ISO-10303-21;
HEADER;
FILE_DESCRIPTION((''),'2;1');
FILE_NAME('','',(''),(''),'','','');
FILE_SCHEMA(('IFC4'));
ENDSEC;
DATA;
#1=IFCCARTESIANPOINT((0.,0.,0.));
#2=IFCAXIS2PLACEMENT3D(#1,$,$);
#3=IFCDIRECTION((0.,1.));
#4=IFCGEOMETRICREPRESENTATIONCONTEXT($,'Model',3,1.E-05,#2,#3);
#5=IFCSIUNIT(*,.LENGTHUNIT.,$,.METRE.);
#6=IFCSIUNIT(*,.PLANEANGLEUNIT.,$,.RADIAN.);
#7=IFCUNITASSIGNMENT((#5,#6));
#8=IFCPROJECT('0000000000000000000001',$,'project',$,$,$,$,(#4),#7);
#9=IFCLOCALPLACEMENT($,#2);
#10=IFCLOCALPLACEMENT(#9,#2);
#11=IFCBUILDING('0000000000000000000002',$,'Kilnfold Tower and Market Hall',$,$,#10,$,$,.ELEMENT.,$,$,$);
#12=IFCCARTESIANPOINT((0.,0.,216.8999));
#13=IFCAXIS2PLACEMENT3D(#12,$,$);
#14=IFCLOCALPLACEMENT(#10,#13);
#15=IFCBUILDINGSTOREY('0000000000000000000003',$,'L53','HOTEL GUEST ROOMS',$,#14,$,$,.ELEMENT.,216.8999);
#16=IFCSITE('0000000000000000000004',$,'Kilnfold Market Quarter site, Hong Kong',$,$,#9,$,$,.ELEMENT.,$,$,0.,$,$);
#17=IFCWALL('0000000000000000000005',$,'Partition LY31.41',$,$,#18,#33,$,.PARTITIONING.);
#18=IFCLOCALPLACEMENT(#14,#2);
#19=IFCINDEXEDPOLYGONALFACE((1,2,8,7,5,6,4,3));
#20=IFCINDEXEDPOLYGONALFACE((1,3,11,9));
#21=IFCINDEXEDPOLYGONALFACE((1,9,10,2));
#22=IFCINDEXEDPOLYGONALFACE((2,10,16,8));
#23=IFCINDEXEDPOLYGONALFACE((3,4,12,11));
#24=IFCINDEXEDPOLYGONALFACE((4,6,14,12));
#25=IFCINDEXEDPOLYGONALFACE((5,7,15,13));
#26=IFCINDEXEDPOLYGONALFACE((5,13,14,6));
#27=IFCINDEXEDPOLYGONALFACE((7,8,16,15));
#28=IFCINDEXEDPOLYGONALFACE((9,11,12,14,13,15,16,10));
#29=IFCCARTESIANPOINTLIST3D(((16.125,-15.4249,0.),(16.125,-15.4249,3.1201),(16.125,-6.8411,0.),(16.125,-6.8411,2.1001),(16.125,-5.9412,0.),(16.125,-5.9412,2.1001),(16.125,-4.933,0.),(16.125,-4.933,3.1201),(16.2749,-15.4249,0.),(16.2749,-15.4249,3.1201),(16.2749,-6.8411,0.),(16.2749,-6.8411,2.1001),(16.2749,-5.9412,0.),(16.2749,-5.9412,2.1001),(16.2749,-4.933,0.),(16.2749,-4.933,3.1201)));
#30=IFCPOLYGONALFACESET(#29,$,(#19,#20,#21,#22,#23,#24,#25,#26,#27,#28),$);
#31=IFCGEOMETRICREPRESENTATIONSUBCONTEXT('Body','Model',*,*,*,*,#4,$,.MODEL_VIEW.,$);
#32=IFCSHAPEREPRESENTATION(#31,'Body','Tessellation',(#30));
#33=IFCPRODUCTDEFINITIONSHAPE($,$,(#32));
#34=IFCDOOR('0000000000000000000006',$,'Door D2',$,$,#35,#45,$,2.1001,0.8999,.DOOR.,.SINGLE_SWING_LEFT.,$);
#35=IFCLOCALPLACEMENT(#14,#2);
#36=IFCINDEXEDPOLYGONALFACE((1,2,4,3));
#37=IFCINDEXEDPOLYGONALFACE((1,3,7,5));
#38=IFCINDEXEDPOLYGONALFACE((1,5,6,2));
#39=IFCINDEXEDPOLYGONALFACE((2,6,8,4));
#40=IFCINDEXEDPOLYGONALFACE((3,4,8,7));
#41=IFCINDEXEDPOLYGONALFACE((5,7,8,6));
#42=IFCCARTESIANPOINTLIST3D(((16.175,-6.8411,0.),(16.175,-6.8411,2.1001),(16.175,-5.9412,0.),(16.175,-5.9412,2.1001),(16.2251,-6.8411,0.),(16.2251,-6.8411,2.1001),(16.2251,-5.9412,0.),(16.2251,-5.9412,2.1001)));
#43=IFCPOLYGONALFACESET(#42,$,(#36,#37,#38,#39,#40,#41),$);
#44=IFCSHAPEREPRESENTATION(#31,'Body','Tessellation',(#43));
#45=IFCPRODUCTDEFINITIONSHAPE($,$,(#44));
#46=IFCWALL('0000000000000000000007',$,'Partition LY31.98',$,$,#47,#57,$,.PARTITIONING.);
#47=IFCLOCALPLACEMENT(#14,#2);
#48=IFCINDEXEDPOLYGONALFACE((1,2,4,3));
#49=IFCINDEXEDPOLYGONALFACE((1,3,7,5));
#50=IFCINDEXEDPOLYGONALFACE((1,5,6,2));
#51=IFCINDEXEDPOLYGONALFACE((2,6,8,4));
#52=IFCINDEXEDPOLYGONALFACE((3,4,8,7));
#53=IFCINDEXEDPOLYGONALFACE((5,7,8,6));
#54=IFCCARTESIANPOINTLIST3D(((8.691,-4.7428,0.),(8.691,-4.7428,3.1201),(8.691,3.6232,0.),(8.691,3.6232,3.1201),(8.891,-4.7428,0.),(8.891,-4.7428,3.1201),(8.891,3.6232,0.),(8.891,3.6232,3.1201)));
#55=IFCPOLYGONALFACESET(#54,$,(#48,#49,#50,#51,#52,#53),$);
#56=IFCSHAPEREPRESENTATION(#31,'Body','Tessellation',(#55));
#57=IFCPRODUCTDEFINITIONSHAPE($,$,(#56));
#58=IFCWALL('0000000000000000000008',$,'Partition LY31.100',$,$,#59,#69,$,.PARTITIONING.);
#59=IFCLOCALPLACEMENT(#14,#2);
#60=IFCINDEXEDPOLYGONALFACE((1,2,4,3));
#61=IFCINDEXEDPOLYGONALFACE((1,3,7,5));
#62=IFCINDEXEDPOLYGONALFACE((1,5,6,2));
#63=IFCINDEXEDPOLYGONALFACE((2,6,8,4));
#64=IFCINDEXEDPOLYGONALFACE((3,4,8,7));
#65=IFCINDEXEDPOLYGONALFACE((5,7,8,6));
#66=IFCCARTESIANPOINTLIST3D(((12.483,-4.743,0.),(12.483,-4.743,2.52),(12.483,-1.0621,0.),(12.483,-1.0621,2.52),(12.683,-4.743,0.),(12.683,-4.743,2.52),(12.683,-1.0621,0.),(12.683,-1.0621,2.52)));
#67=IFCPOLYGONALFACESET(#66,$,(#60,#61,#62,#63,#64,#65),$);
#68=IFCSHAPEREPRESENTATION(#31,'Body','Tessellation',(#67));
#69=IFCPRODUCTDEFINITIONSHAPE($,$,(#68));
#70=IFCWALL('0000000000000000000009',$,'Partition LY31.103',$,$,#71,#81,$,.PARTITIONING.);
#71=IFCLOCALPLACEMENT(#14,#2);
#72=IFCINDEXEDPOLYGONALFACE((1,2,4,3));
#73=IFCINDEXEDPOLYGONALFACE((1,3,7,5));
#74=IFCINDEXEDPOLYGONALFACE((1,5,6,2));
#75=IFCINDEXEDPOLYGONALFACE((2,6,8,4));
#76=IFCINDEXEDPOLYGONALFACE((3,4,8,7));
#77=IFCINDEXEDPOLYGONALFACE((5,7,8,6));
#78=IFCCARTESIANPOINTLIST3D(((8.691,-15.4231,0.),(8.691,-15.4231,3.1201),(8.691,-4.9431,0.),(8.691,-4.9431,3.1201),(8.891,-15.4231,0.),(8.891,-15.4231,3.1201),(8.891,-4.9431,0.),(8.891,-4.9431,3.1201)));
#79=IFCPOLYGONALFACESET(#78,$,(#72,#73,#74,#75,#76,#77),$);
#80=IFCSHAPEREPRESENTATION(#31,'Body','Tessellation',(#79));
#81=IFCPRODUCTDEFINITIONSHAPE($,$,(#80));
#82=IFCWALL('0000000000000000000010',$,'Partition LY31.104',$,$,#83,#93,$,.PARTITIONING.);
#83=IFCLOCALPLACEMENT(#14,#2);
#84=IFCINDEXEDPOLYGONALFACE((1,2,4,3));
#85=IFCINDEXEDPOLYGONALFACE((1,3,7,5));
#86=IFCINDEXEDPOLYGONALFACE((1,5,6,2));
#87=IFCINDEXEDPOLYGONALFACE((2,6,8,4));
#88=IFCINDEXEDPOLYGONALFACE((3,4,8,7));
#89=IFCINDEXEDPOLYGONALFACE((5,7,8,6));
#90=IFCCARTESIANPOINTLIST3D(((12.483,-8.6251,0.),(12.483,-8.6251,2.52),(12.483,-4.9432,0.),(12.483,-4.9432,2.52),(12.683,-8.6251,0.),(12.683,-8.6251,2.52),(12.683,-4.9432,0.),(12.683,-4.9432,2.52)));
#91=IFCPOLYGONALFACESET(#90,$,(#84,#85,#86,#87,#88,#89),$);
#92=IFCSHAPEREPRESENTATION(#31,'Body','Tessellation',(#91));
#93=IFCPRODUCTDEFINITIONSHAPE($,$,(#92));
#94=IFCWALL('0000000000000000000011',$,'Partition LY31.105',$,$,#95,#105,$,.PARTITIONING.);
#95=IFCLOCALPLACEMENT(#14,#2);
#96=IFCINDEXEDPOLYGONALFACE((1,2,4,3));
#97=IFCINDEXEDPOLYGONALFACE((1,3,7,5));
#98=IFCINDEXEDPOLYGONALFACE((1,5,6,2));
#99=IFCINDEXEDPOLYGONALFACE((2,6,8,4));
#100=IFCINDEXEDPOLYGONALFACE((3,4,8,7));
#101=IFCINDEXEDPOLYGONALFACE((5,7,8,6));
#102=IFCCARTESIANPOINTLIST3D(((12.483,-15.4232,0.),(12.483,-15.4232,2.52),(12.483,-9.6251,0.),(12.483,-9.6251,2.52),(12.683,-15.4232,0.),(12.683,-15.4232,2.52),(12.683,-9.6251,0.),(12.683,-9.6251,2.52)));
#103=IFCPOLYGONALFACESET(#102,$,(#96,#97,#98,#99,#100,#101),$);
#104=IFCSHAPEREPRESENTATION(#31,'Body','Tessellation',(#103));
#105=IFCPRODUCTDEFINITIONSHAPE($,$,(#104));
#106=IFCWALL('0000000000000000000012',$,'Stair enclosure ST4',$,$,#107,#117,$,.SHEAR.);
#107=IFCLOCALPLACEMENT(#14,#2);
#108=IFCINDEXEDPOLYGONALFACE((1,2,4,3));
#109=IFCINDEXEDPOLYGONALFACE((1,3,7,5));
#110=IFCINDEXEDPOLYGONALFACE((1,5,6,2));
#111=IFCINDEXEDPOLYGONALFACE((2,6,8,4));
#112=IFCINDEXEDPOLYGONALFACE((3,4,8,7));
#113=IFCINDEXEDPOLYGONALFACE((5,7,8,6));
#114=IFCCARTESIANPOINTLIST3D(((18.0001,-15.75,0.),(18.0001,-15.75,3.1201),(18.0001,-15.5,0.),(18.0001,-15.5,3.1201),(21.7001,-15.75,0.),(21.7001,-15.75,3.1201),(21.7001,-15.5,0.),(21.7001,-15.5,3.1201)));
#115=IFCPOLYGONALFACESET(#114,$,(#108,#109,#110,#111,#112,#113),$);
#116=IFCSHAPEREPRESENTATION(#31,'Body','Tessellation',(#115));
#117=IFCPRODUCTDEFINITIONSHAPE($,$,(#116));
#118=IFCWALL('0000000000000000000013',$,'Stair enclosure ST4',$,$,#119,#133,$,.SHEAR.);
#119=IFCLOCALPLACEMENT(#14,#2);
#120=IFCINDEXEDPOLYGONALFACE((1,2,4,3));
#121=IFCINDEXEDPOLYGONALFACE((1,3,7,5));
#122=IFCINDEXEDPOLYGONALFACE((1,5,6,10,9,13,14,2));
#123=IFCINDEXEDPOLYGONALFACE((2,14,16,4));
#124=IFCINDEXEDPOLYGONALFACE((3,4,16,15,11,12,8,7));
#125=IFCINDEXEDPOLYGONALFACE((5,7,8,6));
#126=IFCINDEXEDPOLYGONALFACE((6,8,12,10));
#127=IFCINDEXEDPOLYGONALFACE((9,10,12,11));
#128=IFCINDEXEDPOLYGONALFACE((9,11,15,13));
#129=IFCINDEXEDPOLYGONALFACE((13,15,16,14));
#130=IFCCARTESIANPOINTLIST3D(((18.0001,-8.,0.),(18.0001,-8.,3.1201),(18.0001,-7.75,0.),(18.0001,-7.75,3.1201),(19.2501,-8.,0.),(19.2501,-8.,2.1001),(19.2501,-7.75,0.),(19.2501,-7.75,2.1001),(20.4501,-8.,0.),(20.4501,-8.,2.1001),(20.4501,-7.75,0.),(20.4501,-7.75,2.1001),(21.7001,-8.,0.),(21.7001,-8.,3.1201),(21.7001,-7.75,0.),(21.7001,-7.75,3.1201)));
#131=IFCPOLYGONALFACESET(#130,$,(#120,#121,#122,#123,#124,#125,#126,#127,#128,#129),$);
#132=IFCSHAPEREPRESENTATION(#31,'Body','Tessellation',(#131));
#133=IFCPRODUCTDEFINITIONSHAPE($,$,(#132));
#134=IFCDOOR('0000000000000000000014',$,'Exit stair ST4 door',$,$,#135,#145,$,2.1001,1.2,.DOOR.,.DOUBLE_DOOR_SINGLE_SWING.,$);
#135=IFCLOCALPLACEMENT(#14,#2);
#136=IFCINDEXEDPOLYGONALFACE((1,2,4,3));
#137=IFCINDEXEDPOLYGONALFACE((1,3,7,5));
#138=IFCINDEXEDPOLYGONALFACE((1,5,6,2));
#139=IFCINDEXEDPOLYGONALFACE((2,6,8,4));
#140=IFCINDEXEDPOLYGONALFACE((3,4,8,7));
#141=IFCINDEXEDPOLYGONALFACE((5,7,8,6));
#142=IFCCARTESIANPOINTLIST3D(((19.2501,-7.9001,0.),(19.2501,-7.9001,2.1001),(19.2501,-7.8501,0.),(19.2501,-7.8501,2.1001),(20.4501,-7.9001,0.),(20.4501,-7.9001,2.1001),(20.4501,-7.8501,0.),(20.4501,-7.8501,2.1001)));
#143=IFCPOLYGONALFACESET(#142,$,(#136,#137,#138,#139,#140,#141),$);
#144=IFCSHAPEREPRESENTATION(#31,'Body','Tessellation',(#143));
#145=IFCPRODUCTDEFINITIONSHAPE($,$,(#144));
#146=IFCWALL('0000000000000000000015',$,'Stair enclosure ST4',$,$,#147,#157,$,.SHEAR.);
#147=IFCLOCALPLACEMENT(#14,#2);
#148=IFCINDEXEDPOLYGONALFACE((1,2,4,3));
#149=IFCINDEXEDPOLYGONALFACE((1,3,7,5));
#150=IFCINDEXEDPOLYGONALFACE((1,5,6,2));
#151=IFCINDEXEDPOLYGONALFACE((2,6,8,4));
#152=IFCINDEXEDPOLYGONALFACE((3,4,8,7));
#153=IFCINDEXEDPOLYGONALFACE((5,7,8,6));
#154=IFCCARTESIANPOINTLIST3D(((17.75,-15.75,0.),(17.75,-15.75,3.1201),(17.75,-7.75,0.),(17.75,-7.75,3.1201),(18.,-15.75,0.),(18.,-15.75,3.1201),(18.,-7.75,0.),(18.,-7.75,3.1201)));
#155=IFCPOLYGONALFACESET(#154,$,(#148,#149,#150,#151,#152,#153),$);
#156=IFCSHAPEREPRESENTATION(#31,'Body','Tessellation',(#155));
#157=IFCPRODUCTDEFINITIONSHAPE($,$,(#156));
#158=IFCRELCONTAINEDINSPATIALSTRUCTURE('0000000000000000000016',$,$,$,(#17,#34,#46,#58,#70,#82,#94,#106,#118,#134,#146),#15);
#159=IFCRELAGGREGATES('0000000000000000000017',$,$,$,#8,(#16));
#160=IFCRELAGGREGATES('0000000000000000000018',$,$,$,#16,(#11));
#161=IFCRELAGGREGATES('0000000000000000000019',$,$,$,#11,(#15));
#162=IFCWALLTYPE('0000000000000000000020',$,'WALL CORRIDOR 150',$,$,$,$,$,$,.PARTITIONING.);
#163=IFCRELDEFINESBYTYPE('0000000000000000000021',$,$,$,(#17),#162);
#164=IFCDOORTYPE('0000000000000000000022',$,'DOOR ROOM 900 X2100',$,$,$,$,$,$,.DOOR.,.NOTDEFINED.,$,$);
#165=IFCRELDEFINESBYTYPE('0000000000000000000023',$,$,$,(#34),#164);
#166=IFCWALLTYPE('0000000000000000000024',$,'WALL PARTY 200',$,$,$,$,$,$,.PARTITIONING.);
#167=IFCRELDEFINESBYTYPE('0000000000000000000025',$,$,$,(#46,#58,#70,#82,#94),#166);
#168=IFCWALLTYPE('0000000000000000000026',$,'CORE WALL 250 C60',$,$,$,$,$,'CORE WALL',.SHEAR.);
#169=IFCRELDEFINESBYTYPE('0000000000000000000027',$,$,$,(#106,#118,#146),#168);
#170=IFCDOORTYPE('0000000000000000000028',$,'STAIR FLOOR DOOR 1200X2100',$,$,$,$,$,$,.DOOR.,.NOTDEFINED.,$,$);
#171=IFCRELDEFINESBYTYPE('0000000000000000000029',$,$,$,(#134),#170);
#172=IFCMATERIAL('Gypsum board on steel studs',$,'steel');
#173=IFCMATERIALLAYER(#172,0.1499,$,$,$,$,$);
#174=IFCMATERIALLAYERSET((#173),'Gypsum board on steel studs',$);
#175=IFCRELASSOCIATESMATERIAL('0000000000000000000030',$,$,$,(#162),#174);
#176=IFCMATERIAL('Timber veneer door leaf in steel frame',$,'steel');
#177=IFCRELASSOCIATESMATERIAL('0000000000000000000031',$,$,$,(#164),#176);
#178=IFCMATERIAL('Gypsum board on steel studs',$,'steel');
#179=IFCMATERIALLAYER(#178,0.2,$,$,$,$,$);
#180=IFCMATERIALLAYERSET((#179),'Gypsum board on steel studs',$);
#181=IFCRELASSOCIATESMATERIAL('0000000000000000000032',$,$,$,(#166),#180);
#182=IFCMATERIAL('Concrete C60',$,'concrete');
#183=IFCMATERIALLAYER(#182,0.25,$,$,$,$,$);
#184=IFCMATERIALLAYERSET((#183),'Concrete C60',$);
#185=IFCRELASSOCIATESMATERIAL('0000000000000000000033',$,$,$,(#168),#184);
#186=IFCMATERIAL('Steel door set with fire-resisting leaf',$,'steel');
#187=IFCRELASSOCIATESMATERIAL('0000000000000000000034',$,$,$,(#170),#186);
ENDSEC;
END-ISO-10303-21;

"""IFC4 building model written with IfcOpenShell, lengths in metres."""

from ifc_helpers import new_model, si_unit, direction, frame, frame_2d, origin, place, context, subcontext, project, spatial, rectangle, extrude, source, transform, mapped, material, layer, layer_set, type_object, element, fill, save


model = new_model("IFC4")

# Units and contexts
model_context = context("Model", 3, precision=1e-05, world=origin(), true_north=direction((0.0, 1.0)))
body_context = subcontext(model_context, "Body", "Model", "MODEL_VIEW")
ifc_project = project(units=[si_unit("LENGTHUNIT", "METRE"), si_unit("PLANEANGLEUNIT", "RADIAN")], contexts=[model_context])

# Site, building, storey
site_placement = place(None, origin())
site = spatial("IfcSite", under=ifc_project, at=site_placement, Name="Kilnfold Market Quarter site, Hong Kong", CompositionType="ELEMENT", RefElevation=0.0)
building_placement = place(site_placement, origin())
building = spatial("IfcBuilding", under=site, at=building_placement, Name="Kilnfold Tower and Market Hall", CompositionType="ELEMENT")
storey_placement = place(building_placement, frame((0.0, 0.0, 216.8999)))
storey = spatial("IfcBuildingStorey", under=building, at=storey_placement, Name="L53", Description="HOTEL GUEST ROOMS", CompositionType="ELEMENT", Elevation=216.8999)

# Shared definitions
ifc_material_1 = material(Name="Gypsum board on steel studs", Category="steel")
ifc_layer_1 = layer(ifc_material_1, 0.1499)
ifc_layer_set_1 = layer_set([ifc_layer_1], Name="Gypsum board on steel studs")
wall_type_1 = type_object("IfcWallType", Name="WALL CORRIDOR 150", PredefinedType="PARTITIONING", material=ifc_layer_set_1)
ifc_material_2 = material(Name="Timber veneer door leaf in steel frame", Category="steel")
door_type_1 = type_object("IfcDoorType", Name="DOOR ROOM 900 X2100", OperationType="NOTDEFINED", PredefinedType="DOOR", material=ifc_material_2)

# Wall, opening, door
wall_1_placement = place(storey_placement, frame((16.2, -15.425, 0.0), z_axis=(0.0, 0.0, 1.0), x_axis=(0.0, 1.0, 0.0)))
wall_1 = element("IfcWall", 1, at=wall_1_placement, inside=storey, type_object=wall_type_1, Name="Partition LY31.41", PredefinedType="PARTITIONING", context=body_context, shape_type="SweptSolid", body=[
    extrude(rectangle(XDim=10.4919, YDim=0.1499, at=frame_2d((5.2461, 0.0))), origin(), (0.0, 0.0, 1.0), 3.1201),
])
opening_1_placement = place(wall_1_placement, frame((8.584, 0.0, 0.0)))
opening_1 = element("IfcOpeningElement", 2, at=opening_1_placement, cuts=wall_1, PredefinedType="OPENING", context=body_context, shape_type="SweptSolid", body=[
    extrude(rectangle(XDim=0.8999, YDim=2.1001, at=frame_2d((0.45, 1.05))), frame((0.0, 0.085, 0.0), z_axis=(0.0, -1.0, 0.0), x_axis=(1.0, 0.0, 0.0)), (0.0, 0.0, 1.0), 0.1699),
])
door_1_placement = place(opening_1_placement, origin())
door_1 = element("IfcDoor", 3, at=door_1_placement, inside=storey, type_object=door_type_1, Name="Door D2", OperationType="SINGLE_SWING_LEFT", OverallHeight=2.1001, OverallWidth=0.8999, PredefinedType="DOOR", context=body_context, shape_type="SweptSolid", body=[
    extrude(rectangle(XDim=0.8999, YDim=2.1001, at=frame_2d((0.45, 1.05))), frame((0.0, 0.0249, 0.0), z_axis=(0.0, -1.0, 0.0), x_axis=(1.0, 0.0, 0.0)), (0.0, 0.0, 1.0), 0.05),
])
fill(opening_1, door_1)

# Walls
ifc_material_3 = material(Name="Gypsum board on steel studs", Category="steel")
ifc_layer_2 = layer(ifc_material_3, 0.2)
ifc_layer_set_2 = layer_set([ifc_layer_2], Name="Gypsum board on steel studs")
wall_type_2 = type_object("IfcWallType", Name="WALL PARTY 200", PredefinedType="PARTITIONING", material=ifc_layer_set_2)
wall_2_placement = place(storey_placement, frame((8.791, -4.7429, 0.0), z_axis=(0.0, 0.0, 1.0), x_axis=(0.0, 1.0, 0.0)))
element("IfcWall", 4, at=wall_2_placement, inside=storey, type_object=wall_type_2, Name="Partition LY31.98", PredefinedType="PARTITIONING", context=body_context, shape_type="SweptSolid", body=[
    extrude(rectangle(XDim=8.366, YDim=0.2, at=frame_2d((4.1831, 0.0))), origin(), (0.0, 0.0, 1.0), 3.1201),
])
wall_3_placement = place(storey_placement, frame((12.583, -4.7429, 0.0), z_axis=(0.0, 0.0, 1.0), x_axis=(0.0, 1.0, 0.0)))
element("IfcWall", 5, at=wall_3_placement, inside=storey, type_object=wall_type_2, Name="Partition LY31.100", PredefinedType="PARTITIONING", context=body_context, shape_type="SweptSolid", body=[
    extrude(rectangle(XDim=3.6809, YDim=0.2, at=frame_2d((1.8403, 0.0))), origin(), (0.0, 0.0, 1.0), 2.52),
])
wall_4_placement = place(storey_placement, frame((8.791, -15.4231, 0.0), z_axis=(0.0, 0.0, 1.0), x_axis=(0.0, 1.0, 0.0)))
element("IfcWall", 6, at=wall_4_placement, inside=storey, type_object=wall_type_2, Name="Partition LY31.103", PredefinedType="PARTITIONING", context=body_context, shape_type="SweptSolid", body=[
    extrude(rectangle(XDim=10.48, YDim=0.2, at=frame_2d((5.24, 0.0))), origin(), (0.0, 0.0, 1.0), 3.1201),
])
wall_5_placement = place(storey_placement, frame((12.583, -8.625, 0.0), z_axis=(0.0, 0.0, 1.0), x_axis=(0.0, 1.0, 0.0)))
element("IfcWall", 7, at=wall_5_placement, inside=storey, type_object=wall_type_2, Name="Partition LY31.104", PredefinedType="PARTITIONING", context=body_context, shape_type="SweptSolid", body=[
    extrude(rectangle(XDim=3.6819, YDim=0.2, at=frame_2d((1.8408, 0.0))), origin(), (0.0, 0.0, 1.0), 2.52),
])
wall_6_placement = place(storey_placement, frame((12.583, -15.4231, 0.0), z_axis=(0.0, 0.0, 1.0), x_axis=(0.0, 1.0, 0.0)))
element("IfcWall", 8, at=wall_6_placement, inside=storey, type_object=wall_type_2, Name="Partition LY31.105", PredefinedType="PARTITIONING", context=body_context, shape_type="SweptSolid", body=[
    extrude(rectangle(XDim=5.7981, YDim=0.2, at=frame_2d((2.8989, 0.0))), origin(), (0.0, 0.0, 1.0), 2.52),
])
ifc_material_4 = material(Name="Concrete C60", Category="concrete")
ifc_layer_3 = layer(ifc_material_4, 0.25)
ifc_layer_set_3 = layer_set([ifc_layer_3], Name="Concrete C60")
wall_type_3 = type_object("IfcWallType", Name="CORE WALL 250 C60", ElementType="CORE WALL", PredefinedType="SHEAR", material=ifc_layer_set_3)
shared_shape_1 = source(origin(), body_context, "Body", "SweptSolid", [
    extrude(rectangle(XDim=3.7, YDim=0.25, at=frame_2d((1.8501, 0.0))), origin(), (0.0, 0.0, 1.0), 3.1201),
])
wall_7_placement = place(storey_placement, frame((18.0, -15.625, 0.0), z_axis=(0.0, 0.0, 1.0), x_axis=(1.0, 0.0, 0.0)))
element("IfcWall", 9, at=wall_7_placement, inside=storey, type_object=wall_type_3, Name="Stair enclosure ST4", PredefinedType="SHEAR", context=body_context, shape_type="MappedRepresentation", body=[
    mapped(shared_shape_1, transform((0.0, 0.0, 0.0))),
])

# Wall, opening, door
wall_8_placement = place(storey_placement, frame((18.0, -7.875, 0.0), z_axis=(0.0, 0.0, 1.0), x_axis=(1.0, 0.0, 0.0)))
wall_8 = element("IfcWall", 10, at=wall_8_placement, inside=storey, type_object=wall_type_3, Name="Stair enclosure ST4", PredefinedType="SHEAR", context=body_context, shape_type="MappedRepresentation", body=[
    mapped(shared_shape_1, transform((0.0, 0.0, 0.0))),
])
opening_2_placement = place(wall_8_placement, frame((1.25, 0.0, 0.0)))
opening_2 = element("IfcOpeningElement", 11, at=opening_2_placement, cuts=wall_8, PredefinedType="OPENING", context=body_context, shape_type="SweptSolid", body=[
    extrude(rectangle(XDim=1.2, YDim=2.1001, at=frame_2d((0.6001, 1.05))), frame((0.0, 0.135, 0.0), z_axis=(0.0, -1.0, 0.0), x_axis=(1.0, 0.0, 0.0)), (0.0, 0.0, 1.0), 0.27),
])
ifc_material_5 = material(Name="Steel door set with fire-resisting leaf", Category="steel")
door_type_2 = type_object("IfcDoorType", Name="STAIR FLOOR DOOR 1200X2100", OperationType="NOTDEFINED", PredefinedType="DOOR", material=ifc_material_5)
door_2_placement = place(opening_2_placement, origin())
door_2 = element("IfcDoor", 12, at=door_2_placement, inside=storey, type_object=door_type_2, Name="Exit stair ST4 door", OperationType="DOUBLE_DOOR_SINGLE_SWING", OverallHeight=2.1001, OverallWidth=1.2, PredefinedType="DOOR", context=body_context, shape_type="SweptSolid", body=[
    extrude(rectangle(XDim=1.2, YDim=2.1001, at=frame_2d((0.6001, 1.05))), frame((0.0, 0.0249, 0.0), z_axis=(0.0, -1.0, 0.0), x_axis=(1.0, 0.0, 0.0)), (0.0, 0.0, 1.0), 0.05),
])
fill(opening_2, door_2)

# Wall
shared_shape_2 = source(origin(), body_context, "Body", "SweptSolid", [
    extrude(rectangle(XDim=8.0, YDim=0.25, at=frame_2d((4.0, 0.0))), origin(), (0.0, 0.0, 1.0), 3.1201),
])
wall_9_placement = place(storey_placement, frame((17.875, -15.75, 0.0), z_axis=(0.0, 0.0, 1.0), x_axis=(0.0, 1.0, 0.0)))
element("IfcWall", 13, at=wall_9_placement, inside=storey, type_object=wall_type_3, Name="Stair enclosure ST4", PredefinedType="SHEAR", context=body_context, shape_type="MappedRepresentation", body=[
    mapped(shared_shape_2, transform((0.0, 0.0, 0.0))),
])

save(model, "model.ifc")
